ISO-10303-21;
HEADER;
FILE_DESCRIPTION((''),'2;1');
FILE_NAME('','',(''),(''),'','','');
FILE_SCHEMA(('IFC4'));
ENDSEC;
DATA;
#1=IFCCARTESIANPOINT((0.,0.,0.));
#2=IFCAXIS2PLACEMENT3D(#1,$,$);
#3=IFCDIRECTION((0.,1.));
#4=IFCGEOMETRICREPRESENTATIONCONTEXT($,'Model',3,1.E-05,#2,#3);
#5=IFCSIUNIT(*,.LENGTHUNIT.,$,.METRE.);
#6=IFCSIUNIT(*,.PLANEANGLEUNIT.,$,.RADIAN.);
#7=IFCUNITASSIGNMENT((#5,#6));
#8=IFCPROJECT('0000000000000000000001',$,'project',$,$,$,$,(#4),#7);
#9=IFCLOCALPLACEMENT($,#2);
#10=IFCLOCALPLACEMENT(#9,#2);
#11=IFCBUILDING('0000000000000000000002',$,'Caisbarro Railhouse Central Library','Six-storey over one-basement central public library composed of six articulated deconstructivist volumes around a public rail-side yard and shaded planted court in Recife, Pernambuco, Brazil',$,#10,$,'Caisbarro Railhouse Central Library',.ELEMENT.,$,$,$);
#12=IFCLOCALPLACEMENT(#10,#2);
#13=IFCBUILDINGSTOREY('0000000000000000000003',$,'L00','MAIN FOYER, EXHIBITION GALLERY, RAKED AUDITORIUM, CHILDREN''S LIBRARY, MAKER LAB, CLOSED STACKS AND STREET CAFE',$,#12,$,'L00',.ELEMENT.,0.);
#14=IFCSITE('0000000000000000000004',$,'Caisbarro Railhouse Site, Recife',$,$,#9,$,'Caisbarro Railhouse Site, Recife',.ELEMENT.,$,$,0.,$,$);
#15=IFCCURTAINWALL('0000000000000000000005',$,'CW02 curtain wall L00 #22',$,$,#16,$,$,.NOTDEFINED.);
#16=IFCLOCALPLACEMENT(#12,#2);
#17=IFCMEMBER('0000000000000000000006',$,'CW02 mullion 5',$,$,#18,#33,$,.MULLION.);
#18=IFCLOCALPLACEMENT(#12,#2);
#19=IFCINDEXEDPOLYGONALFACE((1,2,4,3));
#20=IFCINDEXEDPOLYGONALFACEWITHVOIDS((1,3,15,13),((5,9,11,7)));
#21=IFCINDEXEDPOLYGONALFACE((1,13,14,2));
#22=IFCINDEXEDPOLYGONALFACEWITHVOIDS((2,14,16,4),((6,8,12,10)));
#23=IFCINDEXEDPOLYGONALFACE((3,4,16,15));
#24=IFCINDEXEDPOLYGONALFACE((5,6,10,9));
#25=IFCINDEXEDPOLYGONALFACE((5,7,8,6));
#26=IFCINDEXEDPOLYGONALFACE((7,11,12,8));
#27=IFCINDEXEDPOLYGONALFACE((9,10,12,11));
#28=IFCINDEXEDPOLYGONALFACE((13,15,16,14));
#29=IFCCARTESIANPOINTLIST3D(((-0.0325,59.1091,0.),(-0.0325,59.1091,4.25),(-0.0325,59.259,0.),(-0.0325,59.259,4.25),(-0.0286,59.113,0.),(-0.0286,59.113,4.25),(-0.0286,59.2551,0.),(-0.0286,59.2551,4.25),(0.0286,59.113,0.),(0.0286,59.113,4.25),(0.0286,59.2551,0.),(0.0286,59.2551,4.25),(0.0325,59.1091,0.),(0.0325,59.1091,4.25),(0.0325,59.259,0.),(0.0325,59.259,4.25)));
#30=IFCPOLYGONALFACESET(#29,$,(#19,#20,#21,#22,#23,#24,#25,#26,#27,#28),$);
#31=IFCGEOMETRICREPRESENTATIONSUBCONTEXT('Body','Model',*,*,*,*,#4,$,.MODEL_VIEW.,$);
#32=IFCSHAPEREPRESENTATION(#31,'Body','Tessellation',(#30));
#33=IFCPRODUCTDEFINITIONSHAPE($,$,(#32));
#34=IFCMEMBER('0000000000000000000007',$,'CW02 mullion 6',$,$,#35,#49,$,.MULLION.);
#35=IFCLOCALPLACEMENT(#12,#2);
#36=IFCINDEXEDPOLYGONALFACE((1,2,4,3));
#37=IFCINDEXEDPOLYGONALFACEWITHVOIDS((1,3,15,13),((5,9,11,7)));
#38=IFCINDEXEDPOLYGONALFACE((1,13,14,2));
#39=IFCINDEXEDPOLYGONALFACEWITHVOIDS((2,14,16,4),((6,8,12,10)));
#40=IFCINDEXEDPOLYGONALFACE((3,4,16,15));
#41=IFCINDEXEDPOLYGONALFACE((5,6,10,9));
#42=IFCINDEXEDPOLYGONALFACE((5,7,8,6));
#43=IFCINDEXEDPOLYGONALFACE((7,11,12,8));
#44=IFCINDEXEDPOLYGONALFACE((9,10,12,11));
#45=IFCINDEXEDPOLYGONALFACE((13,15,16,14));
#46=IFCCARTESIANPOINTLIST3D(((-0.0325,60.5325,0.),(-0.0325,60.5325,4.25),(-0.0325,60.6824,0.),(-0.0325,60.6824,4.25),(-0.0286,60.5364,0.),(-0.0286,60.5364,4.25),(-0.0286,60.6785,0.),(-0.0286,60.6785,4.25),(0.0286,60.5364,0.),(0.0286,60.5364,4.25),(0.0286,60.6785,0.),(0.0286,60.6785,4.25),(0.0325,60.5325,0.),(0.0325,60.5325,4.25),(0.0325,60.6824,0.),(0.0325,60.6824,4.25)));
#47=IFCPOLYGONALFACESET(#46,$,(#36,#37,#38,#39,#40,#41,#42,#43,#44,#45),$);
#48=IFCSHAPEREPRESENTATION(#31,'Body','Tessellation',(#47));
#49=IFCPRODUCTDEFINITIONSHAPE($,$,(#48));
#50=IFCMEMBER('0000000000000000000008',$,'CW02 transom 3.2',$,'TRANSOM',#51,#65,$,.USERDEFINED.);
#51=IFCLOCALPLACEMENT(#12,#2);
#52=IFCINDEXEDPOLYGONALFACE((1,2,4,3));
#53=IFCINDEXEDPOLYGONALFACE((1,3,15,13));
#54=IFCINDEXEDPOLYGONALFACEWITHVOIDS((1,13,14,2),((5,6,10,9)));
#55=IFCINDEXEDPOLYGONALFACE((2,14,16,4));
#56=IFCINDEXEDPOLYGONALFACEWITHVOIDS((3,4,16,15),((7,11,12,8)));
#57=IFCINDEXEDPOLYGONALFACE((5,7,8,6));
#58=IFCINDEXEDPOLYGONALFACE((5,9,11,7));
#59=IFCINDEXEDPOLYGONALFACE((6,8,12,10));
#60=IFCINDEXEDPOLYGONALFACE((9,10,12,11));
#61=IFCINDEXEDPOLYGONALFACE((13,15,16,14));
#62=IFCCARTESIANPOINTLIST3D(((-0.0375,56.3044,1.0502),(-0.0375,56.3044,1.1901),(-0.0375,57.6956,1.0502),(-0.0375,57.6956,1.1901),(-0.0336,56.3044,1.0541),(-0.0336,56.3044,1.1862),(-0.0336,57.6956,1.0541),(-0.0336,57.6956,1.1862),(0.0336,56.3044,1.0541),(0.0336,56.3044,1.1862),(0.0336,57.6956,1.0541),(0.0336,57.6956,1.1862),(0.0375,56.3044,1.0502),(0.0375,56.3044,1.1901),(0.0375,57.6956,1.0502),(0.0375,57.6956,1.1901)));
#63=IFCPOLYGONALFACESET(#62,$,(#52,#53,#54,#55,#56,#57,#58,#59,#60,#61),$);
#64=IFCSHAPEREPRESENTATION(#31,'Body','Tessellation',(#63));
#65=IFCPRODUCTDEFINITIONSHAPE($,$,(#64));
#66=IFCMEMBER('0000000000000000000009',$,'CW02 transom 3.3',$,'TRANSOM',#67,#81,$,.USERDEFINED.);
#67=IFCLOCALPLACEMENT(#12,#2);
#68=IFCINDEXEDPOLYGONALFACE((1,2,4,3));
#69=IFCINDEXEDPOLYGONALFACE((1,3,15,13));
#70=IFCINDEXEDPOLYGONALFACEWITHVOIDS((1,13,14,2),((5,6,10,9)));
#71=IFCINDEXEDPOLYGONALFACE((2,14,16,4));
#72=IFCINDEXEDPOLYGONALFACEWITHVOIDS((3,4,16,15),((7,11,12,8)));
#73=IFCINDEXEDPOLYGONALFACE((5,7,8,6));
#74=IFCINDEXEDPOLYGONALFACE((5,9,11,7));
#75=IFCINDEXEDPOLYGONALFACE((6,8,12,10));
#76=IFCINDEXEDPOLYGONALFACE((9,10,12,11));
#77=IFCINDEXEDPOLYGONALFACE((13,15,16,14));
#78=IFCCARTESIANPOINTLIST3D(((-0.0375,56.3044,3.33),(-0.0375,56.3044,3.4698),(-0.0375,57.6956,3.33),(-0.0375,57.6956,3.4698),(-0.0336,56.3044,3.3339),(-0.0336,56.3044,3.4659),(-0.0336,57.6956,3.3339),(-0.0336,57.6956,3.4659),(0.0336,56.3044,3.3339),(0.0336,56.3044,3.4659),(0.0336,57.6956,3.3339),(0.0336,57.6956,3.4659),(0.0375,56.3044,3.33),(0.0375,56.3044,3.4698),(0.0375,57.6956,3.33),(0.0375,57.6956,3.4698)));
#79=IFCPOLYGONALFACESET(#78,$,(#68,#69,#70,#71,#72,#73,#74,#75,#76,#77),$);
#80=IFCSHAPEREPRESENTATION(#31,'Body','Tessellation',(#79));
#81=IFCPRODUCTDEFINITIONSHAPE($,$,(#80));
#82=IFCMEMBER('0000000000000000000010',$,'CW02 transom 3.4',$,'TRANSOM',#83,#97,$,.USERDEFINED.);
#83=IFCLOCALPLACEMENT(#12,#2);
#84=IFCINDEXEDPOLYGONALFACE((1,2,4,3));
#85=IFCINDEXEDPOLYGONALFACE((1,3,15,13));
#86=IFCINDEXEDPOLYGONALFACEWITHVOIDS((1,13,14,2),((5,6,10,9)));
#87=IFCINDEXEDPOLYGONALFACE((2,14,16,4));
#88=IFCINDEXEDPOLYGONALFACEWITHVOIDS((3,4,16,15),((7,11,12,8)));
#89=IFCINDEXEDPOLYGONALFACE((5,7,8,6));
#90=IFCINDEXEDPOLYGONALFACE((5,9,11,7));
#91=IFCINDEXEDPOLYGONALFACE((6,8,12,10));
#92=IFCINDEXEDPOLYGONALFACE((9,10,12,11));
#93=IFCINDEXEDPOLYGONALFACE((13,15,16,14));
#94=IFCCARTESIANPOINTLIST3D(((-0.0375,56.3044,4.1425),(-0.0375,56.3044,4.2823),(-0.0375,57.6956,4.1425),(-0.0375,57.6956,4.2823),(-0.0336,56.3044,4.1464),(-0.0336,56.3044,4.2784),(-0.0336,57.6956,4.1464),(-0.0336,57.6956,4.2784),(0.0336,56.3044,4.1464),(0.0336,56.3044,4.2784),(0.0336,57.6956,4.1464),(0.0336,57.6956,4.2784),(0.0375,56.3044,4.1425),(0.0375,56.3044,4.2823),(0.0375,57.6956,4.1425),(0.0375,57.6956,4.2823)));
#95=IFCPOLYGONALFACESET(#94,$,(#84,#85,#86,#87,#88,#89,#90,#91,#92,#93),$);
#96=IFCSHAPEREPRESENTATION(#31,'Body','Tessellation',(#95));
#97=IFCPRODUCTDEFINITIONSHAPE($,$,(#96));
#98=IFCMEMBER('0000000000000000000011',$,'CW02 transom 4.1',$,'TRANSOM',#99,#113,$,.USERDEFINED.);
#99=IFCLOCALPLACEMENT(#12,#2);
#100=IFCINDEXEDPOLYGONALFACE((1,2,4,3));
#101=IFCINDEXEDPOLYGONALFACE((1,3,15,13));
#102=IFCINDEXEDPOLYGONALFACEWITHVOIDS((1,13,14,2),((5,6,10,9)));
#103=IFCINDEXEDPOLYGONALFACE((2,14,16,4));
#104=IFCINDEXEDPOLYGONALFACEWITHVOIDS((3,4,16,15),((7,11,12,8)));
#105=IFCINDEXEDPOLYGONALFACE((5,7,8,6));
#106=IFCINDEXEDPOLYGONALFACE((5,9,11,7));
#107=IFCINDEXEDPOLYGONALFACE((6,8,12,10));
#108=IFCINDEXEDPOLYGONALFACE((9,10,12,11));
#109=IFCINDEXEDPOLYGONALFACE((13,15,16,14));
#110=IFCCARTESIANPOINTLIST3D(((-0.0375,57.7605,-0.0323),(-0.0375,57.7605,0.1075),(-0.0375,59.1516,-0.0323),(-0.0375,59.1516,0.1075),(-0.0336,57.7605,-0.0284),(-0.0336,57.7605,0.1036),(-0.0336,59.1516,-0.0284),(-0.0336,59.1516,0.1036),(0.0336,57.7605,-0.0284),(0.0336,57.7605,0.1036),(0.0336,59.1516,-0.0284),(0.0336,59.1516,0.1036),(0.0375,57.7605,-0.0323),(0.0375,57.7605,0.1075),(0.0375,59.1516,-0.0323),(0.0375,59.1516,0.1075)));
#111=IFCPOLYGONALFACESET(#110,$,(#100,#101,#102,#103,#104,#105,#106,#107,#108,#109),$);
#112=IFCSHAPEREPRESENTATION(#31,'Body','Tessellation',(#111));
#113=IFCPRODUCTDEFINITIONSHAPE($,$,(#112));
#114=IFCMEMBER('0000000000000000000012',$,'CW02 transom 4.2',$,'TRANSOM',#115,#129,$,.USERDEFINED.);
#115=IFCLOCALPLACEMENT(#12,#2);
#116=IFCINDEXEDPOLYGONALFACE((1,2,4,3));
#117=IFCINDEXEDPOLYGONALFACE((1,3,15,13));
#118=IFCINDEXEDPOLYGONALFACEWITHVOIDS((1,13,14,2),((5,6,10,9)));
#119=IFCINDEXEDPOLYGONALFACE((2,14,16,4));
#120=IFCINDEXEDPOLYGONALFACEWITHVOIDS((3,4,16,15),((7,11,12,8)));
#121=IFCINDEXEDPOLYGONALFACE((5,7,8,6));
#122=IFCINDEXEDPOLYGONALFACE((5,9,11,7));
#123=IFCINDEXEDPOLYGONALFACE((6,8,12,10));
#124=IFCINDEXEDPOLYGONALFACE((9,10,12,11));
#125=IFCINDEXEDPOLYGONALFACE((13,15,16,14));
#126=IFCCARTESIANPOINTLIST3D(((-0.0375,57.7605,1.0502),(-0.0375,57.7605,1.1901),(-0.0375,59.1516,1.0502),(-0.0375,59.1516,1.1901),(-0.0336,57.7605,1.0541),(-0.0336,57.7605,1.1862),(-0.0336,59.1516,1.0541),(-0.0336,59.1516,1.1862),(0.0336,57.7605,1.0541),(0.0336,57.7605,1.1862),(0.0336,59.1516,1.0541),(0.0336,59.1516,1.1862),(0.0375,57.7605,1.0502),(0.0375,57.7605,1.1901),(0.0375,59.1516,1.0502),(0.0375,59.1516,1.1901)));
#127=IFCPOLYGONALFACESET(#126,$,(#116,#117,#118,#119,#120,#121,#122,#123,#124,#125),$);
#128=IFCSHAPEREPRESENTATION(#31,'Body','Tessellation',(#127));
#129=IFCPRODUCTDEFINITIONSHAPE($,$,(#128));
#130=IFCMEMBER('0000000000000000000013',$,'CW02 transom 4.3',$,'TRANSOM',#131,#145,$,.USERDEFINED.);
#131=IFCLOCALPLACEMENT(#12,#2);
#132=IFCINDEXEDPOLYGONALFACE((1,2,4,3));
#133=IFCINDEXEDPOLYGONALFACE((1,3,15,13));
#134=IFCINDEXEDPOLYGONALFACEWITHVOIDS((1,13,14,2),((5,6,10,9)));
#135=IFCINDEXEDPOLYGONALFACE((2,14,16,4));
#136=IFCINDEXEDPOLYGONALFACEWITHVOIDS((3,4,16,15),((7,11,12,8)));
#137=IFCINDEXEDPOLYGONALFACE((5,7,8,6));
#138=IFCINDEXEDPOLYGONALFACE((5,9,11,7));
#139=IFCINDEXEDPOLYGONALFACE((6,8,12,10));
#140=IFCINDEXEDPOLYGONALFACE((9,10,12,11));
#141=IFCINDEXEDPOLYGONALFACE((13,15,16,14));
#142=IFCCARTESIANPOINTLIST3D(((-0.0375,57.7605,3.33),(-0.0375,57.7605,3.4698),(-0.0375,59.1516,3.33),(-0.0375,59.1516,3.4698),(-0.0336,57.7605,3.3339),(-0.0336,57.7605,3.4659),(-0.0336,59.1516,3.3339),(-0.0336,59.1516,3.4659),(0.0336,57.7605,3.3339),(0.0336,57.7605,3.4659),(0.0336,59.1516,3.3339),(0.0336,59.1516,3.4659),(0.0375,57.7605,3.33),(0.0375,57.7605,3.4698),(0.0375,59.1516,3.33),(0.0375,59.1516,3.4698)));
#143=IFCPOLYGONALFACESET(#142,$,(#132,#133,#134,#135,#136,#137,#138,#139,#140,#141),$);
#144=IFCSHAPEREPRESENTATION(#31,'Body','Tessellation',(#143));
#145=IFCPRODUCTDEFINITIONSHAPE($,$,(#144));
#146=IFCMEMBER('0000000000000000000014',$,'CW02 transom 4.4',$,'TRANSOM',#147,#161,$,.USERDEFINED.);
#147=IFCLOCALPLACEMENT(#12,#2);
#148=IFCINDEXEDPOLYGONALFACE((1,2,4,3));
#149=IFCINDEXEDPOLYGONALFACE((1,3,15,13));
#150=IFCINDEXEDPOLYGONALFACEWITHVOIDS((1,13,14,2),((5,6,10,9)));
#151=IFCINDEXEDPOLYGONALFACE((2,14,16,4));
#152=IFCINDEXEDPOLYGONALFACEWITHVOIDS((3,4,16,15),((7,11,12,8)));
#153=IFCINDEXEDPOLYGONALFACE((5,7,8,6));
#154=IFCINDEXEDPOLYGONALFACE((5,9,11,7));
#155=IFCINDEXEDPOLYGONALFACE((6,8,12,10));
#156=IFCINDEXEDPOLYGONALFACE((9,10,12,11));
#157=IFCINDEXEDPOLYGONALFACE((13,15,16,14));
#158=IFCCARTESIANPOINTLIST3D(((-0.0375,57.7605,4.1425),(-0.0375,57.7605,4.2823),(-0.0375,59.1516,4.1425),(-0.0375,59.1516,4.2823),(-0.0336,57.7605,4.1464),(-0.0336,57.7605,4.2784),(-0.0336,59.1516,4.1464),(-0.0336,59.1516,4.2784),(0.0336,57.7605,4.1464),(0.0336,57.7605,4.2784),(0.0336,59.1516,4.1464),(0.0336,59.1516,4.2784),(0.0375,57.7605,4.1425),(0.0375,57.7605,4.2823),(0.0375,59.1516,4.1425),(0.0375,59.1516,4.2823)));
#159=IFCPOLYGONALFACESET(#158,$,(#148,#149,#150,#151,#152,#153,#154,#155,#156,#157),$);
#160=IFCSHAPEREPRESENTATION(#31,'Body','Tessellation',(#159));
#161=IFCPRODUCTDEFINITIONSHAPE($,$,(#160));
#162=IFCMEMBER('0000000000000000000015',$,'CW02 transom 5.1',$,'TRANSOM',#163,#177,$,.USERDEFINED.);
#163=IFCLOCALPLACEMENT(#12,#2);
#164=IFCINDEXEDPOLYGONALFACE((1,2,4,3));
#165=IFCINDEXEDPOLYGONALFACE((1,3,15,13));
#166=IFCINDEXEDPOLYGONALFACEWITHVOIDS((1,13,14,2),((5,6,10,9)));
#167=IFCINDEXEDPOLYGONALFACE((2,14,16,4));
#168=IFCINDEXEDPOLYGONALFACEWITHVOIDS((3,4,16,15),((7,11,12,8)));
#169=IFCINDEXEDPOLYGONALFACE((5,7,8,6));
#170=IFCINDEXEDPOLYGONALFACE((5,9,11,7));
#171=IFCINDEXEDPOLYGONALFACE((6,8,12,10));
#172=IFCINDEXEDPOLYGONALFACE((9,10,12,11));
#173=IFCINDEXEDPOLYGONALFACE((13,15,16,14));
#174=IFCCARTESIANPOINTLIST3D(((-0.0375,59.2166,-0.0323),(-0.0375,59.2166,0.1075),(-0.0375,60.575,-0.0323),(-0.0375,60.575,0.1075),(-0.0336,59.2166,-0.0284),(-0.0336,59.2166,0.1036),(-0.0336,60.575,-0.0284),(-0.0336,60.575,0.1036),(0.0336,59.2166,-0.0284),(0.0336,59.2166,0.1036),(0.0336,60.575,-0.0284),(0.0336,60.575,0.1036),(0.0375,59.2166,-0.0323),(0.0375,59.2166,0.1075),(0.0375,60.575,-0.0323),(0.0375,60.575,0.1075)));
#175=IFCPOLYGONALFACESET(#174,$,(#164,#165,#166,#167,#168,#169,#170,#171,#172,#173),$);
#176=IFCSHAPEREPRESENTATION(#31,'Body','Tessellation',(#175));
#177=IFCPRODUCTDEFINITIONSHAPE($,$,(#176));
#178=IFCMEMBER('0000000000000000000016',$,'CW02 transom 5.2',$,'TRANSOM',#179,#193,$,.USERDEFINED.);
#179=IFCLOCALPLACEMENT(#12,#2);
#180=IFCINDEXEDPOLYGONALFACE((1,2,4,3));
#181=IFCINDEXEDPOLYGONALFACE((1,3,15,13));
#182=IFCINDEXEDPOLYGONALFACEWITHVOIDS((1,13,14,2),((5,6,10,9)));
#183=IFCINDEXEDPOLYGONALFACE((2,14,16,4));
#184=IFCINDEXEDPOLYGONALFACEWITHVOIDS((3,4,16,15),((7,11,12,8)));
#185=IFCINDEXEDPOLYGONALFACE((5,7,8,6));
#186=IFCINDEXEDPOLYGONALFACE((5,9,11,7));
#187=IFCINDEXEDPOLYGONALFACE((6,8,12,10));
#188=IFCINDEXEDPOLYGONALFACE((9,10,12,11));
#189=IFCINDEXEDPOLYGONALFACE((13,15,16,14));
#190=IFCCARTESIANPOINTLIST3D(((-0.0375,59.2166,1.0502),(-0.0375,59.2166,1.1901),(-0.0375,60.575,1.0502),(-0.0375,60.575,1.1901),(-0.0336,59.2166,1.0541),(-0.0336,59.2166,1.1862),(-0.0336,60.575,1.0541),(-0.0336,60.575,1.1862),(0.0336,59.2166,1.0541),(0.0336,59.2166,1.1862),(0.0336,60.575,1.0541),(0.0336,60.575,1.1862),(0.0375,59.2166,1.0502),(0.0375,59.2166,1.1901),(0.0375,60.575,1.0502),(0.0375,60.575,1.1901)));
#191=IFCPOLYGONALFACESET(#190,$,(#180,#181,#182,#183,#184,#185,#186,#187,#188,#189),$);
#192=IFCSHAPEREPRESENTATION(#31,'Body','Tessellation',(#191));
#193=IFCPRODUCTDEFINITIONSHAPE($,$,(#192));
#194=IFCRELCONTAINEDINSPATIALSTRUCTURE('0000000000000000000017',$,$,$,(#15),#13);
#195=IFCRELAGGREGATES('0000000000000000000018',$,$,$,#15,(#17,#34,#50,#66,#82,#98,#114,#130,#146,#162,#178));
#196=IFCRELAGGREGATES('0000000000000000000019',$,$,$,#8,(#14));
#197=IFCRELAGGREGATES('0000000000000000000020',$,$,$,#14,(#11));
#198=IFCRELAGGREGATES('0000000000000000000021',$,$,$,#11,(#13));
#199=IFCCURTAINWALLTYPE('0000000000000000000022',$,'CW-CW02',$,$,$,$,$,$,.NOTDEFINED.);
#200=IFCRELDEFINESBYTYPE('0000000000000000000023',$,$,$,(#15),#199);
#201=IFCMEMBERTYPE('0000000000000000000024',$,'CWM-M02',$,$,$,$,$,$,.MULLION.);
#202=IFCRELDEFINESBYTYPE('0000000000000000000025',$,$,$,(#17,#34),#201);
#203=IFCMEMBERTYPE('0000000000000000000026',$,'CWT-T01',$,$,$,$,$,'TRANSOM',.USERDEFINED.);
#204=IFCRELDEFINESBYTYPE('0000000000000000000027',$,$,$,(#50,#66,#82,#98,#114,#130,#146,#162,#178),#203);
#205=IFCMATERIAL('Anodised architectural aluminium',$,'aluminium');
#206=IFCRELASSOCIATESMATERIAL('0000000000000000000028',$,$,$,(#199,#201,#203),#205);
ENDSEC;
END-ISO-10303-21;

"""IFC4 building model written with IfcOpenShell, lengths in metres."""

from ifc_helpers import new_model, si_unit, direction, frame, origin, origin_2d, place, context, subcontext, project, spatial, hollow_rectangle, extrude, material, material_profile, profile_set, type_object, element, aggregate, save


model = new_model("IFC4")

# Units and contexts
model_context = context("Model", 3, precision=1e-05, world=origin(), true_north=direction((0.0, 1.0)))
body_context = subcontext(model_context, "Body", "Model", "MODEL_VIEW")
ifc_project = project(units=[si_unit("LENGTHUNIT", "METRE"), si_unit("PLANEANGLEUNIT", "RADIAN")], contexts=[model_context])

# Site, building, storey
site_placement = place(None, origin())
site = spatial("IfcSite", under=ifc_project, at=site_placement, Name="Caisbarro Railhouse Site, Recife", LongName="Caisbarro Railhouse Site, Recife", CompositionType="ELEMENT", RefElevation=0.0)
building_placement = place(site_placement, origin())
building = spatial("IfcBuilding", under=site, at=building_placement, Name="Caisbarro Railhouse Central Library", Description="Six-storey over one-basement central public library composed of six articulated deconstructivist volumes around a public rail-side yard and shaded planted court in Recife, Pernambuco, Brazil", LongName="Caisbarro Railhouse Central Library", CompositionType="ELEMENT")
storey_placement = place(building_placement, origin())
storey = spatial("IfcBuildingStorey", under=building, at=storey_placement, Name="L00", Description="MAIN FOYER, EXHIBITION GALLERY, RAKED AUDITORIUM, CHILDREN'S LIBRARY, MAKER LAB, CLOSED STACKS AND STREET CAFE", LongName="L00", CompositionType="ELEMENT", Elevation=0.0)

# Shared definitions
ifc_material_1 = material(Name="Anodised architectural aluminium", Category="aluminium")

# Curtain wall, members
curtain_wall_type_1 = type_object("IfcCurtainWallType", Name="CW-CW02", PredefinedType="NOTDEFINED", material=ifc_material_1)
curtain_wall_1_placement = place(storey_placement, origin())
curtain_wall_1 = element("IfcCurtainWall", 1, at=curtain_wall_1_placement, inside=storey, type_object=curtain_wall_type_1, Name="CW02 curtain wall L00 #22", PredefinedType="NOTDEFINED")
ifc_material_profile_1 = material_profile(ifc_material_1, hollow_rectangle(XDim=0.0649, YDim=0.1499, WallThickness=0.0039, at=origin_2d()), Name="ALU-MUL-65X150")
ifc_profile_set_1 = profile_set([ifc_material_profile_1], Name="Anodised architectural aluminium")
member_type_1 = type_object("IfcMemberType", Name="CWM-M02", PredefinedType="MULLION", material=ifc_profile_set_1)
member_1_placement = place(storey_placement, frame((0.0, 59.1841, 0.0), z_axis=(0.0, 0.0, 1.0), x_axis=(-1.0, 0.0, 0.0)))
member_1 = element("IfcMember", 2, at=member_1_placement, type_object=member_type_1, Name="CW02 mullion 5", PredefinedType="MULLION", context=body_context, shape_type="SweptSolid", body=[
    extrude(hollow_rectangle(XDim=0.0649, YDim=0.1499, WallThickness=0.0039, at=origin_2d()), origin(), (0.0, 0.0, 1.0), 4.25),
])
member_2_placement = place(storey_placement, frame((0.0, 60.6074, 0.0), z_axis=(0.0, 0.0, 1.0), x_axis=(-1.0, 0.0, 0.0)))
member_2 = element("IfcMember", 3, at=member_2_placement, type_object=member_type_1, Name="CW02 mullion 6", PredefinedType="MULLION", context=body_context, shape_type="SweptSolid", body=[
    extrude(hollow_rectangle(XDim=0.0649, YDim=0.1499, WallThickness=0.0039, at=origin_2d()), origin(), (0.0, 0.0, 1.0), 4.25),
])
ifc_material_profile_2 = material_profile(ifc_material_1, hollow_rectangle(XDim=0.075, YDim=0.1399, WallThickness=0.0039, at=origin_2d()), Name="ALU-TRN-75X140")
ifc_profile_set_2 = profile_set([ifc_material_profile_2], Name="Anodised architectural aluminium")
member_type_2 = type_object("IfcMemberType", Name="CWT-T01", ElementType="TRANSOM", PredefinedType="USERDEFINED", material=ifc_profile_set_2)
member_3_placement = place(storey_placement, frame((0.0, 56.3044, 1.1201), z_axis=(0.0, 1.0, 0.0), x_axis=(-1.0, 0.0, 0.0)))
member_3 = element("IfcMember", 4, at=member_3_placement, type_object=member_type_2, Name="CW02 transom 3.2", ObjectType="TRANSOM", PredefinedType="USERDEFINED", context=body_context, shape_type="SweptSolid", body=[
    extrude(hollow_rectangle(XDim=0.075, YDim=0.1399, WallThickness=0.0039, at=origin_2d()), origin(), (0.0, 0.0, 1.0), 1.3911),
])
member_4_placement = place(storey_placement, frame((0.0, 56.3044, 3.3999), z_axis=(0.0, 1.0, 0.0), x_axis=(-1.0, 0.0, 0.0)))
member_4 = element("IfcMember", 5, at=member_4_placement, type_object=member_type_2, Name="CW02 transom 3.3", ObjectType="TRANSOM", PredefinedType="USERDEFINED", context=body_context, shape_type="SweptSolid", body=[
    extrude(hollow_rectangle(XDim=0.075, YDim=0.1399, WallThickness=0.0039, at=origin_2d()), origin(), (0.0, 0.0, 1.0), 1.3911),
])
member_5_placement = place(storey_placement, frame((0.0, 56.3044, 4.2124), z_axis=(0.0, 1.0, 0.0), x_axis=(-1.0, 0.0, 0.0)))
member_5 = element("IfcMember", 6, at=member_5_placement, type_object=member_type_2, Name="CW02 transom 3.4", ObjectType="TRANSOM", PredefinedType="USERDEFINED", context=body_context, shape_type="SweptSolid", body=[
    extrude(hollow_rectangle(XDim=0.075, YDim=0.1399, WallThickness=0.0039, at=origin_2d()), origin(), (0.0, 0.0, 1.0), 1.3911),
])
member_6_placement = place(storey_placement, frame((0.0, 57.7605, 0.0376), z_axis=(0.0, 1.0, 0.0), x_axis=(-1.0, 0.0, 0.0)))
member_6 = element("IfcMember", 7, at=member_6_placement, type_object=member_type_2, Name="CW02 transom 4.1", ObjectType="TRANSOM", PredefinedType="USERDEFINED", context=body_context, shape_type="SweptSolid", body=[
    extrude(hollow_rectangle(XDim=0.075, YDim=0.1399, WallThickness=0.0039, at=origin_2d()), origin(), (0.0, 0.0, 1.0), 1.3911),
])
member_7_placement = place(storey_placement, frame((0.0, 57.7605, 1.1201), z_axis=(0.0, 1.0, 0.0), x_axis=(-1.0, 0.0, 0.0)))
member_7 = element("IfcMember", 8, at=member_7_placement, type_object=member_type_2, Name="CW02 transom 4.2", ObjectType="TRANSOM", PredefinedType="USERDEFINED", context=body_context, shape_type="SweptSolid", body=[
    extrude(hollow_rectangle(XDim=0.075, YDim=0.1399, WallThickness=0.0039, at=origin_2d()), origin(), (0.0, 0.0, 1.0), 1.3911),
])
member_8_placement = place(storey_placement, frame((0.0, 57.7605, 3.3999), z_axis=(0.0, 1.0, 0.0), x_axis=(-1.0, 0.0, 0.0)))
member_8 = element("IfcMember", 9, at=member_8_placement, type_object=member_type_2, Name="CW02 transom 4.3", ObjectType="TRANSOM", PredefinedType="USERDEFINED", context=body_context, shape_type="SweptSolid", body=[
    extrude(hollow_rectangle(XDim=0.075, YDim=0.1399, WallThickness=0.0039, at=origin_2d()), origin(), (0.0, 0.0, 1.0), 1.3911),
])
member_9_placement = place(storey_placement, frame((0.0, 57.7605, 4.2124), z_axis=(0.0, 1.0, 0.0), x_axis=(-1.0, 0.0, 0.0)))
member_9 = element("IfcMember", 10, at=member_9_placement, type_object=member_type_2, Name="CW02 transom 4.4", ObjectType="TRANSOM", PredefinedType="USERDEFINED", context=body_context, shape_type="SweptSolid", body=[
    extrude(hollow_rectangle(XDim=0.075, YDim=0.1399, WallThickness=0.0039, at=origin_2d()), origin(), (0.0, 0.0, 1.0), 1.3911),
])
member_10_placement = place(storey_placement, frame((0.0, 59.2166, 0.0376), z_axis=(0.0, 1.0, 0.0), x_axis=(-1.0, 0.0, 0.0)))
member_10 = element("IfcMember", 11, at=member_10_placement, type_object=member_type_2, Name="CW02 transom 5.1", ObjectType="TRANSOM", PredefinedType="USERDEFINED", context=body_context, shape_type="SweptSolid", body=[
    extrude(hollow_rectangle(XDim=0.075, YDim=0.1399, WallThickness=0.0039, at=origin_2d()), origin(), (0.0, 0.0, 1.0), 1.3584),
])
member_11_placement = place(storey_placement, frame((0.0, 59.2166, 1.1201), z_axis=(0.0, 1.0, 0.0), x_axis=(-1.0, 0.0, 0.0)))
member_11 = element("IfcMember", 12, at=member_11_placement, type_object=member_type_2, Name="CW02 transom 5.2", ObjectType="TRANSOM", PredefinedType="USERDEFINED", context=body_context, shape_type="SweptSolid", body=[
    extrude(hollow_rectangle(XDim=0.075, YDim=0.1399, WallThickness=0.0039, at=origin_2d()), origin(), (0.0, 0.0, 1.0), 1.3584),
])
aggregate(curtain_wall_1, [member_1, member_2, member_3, member_4, member_5, member_6, member_7, member_8, member_9, member_10, member_11])

save(model, "model.ifc")
